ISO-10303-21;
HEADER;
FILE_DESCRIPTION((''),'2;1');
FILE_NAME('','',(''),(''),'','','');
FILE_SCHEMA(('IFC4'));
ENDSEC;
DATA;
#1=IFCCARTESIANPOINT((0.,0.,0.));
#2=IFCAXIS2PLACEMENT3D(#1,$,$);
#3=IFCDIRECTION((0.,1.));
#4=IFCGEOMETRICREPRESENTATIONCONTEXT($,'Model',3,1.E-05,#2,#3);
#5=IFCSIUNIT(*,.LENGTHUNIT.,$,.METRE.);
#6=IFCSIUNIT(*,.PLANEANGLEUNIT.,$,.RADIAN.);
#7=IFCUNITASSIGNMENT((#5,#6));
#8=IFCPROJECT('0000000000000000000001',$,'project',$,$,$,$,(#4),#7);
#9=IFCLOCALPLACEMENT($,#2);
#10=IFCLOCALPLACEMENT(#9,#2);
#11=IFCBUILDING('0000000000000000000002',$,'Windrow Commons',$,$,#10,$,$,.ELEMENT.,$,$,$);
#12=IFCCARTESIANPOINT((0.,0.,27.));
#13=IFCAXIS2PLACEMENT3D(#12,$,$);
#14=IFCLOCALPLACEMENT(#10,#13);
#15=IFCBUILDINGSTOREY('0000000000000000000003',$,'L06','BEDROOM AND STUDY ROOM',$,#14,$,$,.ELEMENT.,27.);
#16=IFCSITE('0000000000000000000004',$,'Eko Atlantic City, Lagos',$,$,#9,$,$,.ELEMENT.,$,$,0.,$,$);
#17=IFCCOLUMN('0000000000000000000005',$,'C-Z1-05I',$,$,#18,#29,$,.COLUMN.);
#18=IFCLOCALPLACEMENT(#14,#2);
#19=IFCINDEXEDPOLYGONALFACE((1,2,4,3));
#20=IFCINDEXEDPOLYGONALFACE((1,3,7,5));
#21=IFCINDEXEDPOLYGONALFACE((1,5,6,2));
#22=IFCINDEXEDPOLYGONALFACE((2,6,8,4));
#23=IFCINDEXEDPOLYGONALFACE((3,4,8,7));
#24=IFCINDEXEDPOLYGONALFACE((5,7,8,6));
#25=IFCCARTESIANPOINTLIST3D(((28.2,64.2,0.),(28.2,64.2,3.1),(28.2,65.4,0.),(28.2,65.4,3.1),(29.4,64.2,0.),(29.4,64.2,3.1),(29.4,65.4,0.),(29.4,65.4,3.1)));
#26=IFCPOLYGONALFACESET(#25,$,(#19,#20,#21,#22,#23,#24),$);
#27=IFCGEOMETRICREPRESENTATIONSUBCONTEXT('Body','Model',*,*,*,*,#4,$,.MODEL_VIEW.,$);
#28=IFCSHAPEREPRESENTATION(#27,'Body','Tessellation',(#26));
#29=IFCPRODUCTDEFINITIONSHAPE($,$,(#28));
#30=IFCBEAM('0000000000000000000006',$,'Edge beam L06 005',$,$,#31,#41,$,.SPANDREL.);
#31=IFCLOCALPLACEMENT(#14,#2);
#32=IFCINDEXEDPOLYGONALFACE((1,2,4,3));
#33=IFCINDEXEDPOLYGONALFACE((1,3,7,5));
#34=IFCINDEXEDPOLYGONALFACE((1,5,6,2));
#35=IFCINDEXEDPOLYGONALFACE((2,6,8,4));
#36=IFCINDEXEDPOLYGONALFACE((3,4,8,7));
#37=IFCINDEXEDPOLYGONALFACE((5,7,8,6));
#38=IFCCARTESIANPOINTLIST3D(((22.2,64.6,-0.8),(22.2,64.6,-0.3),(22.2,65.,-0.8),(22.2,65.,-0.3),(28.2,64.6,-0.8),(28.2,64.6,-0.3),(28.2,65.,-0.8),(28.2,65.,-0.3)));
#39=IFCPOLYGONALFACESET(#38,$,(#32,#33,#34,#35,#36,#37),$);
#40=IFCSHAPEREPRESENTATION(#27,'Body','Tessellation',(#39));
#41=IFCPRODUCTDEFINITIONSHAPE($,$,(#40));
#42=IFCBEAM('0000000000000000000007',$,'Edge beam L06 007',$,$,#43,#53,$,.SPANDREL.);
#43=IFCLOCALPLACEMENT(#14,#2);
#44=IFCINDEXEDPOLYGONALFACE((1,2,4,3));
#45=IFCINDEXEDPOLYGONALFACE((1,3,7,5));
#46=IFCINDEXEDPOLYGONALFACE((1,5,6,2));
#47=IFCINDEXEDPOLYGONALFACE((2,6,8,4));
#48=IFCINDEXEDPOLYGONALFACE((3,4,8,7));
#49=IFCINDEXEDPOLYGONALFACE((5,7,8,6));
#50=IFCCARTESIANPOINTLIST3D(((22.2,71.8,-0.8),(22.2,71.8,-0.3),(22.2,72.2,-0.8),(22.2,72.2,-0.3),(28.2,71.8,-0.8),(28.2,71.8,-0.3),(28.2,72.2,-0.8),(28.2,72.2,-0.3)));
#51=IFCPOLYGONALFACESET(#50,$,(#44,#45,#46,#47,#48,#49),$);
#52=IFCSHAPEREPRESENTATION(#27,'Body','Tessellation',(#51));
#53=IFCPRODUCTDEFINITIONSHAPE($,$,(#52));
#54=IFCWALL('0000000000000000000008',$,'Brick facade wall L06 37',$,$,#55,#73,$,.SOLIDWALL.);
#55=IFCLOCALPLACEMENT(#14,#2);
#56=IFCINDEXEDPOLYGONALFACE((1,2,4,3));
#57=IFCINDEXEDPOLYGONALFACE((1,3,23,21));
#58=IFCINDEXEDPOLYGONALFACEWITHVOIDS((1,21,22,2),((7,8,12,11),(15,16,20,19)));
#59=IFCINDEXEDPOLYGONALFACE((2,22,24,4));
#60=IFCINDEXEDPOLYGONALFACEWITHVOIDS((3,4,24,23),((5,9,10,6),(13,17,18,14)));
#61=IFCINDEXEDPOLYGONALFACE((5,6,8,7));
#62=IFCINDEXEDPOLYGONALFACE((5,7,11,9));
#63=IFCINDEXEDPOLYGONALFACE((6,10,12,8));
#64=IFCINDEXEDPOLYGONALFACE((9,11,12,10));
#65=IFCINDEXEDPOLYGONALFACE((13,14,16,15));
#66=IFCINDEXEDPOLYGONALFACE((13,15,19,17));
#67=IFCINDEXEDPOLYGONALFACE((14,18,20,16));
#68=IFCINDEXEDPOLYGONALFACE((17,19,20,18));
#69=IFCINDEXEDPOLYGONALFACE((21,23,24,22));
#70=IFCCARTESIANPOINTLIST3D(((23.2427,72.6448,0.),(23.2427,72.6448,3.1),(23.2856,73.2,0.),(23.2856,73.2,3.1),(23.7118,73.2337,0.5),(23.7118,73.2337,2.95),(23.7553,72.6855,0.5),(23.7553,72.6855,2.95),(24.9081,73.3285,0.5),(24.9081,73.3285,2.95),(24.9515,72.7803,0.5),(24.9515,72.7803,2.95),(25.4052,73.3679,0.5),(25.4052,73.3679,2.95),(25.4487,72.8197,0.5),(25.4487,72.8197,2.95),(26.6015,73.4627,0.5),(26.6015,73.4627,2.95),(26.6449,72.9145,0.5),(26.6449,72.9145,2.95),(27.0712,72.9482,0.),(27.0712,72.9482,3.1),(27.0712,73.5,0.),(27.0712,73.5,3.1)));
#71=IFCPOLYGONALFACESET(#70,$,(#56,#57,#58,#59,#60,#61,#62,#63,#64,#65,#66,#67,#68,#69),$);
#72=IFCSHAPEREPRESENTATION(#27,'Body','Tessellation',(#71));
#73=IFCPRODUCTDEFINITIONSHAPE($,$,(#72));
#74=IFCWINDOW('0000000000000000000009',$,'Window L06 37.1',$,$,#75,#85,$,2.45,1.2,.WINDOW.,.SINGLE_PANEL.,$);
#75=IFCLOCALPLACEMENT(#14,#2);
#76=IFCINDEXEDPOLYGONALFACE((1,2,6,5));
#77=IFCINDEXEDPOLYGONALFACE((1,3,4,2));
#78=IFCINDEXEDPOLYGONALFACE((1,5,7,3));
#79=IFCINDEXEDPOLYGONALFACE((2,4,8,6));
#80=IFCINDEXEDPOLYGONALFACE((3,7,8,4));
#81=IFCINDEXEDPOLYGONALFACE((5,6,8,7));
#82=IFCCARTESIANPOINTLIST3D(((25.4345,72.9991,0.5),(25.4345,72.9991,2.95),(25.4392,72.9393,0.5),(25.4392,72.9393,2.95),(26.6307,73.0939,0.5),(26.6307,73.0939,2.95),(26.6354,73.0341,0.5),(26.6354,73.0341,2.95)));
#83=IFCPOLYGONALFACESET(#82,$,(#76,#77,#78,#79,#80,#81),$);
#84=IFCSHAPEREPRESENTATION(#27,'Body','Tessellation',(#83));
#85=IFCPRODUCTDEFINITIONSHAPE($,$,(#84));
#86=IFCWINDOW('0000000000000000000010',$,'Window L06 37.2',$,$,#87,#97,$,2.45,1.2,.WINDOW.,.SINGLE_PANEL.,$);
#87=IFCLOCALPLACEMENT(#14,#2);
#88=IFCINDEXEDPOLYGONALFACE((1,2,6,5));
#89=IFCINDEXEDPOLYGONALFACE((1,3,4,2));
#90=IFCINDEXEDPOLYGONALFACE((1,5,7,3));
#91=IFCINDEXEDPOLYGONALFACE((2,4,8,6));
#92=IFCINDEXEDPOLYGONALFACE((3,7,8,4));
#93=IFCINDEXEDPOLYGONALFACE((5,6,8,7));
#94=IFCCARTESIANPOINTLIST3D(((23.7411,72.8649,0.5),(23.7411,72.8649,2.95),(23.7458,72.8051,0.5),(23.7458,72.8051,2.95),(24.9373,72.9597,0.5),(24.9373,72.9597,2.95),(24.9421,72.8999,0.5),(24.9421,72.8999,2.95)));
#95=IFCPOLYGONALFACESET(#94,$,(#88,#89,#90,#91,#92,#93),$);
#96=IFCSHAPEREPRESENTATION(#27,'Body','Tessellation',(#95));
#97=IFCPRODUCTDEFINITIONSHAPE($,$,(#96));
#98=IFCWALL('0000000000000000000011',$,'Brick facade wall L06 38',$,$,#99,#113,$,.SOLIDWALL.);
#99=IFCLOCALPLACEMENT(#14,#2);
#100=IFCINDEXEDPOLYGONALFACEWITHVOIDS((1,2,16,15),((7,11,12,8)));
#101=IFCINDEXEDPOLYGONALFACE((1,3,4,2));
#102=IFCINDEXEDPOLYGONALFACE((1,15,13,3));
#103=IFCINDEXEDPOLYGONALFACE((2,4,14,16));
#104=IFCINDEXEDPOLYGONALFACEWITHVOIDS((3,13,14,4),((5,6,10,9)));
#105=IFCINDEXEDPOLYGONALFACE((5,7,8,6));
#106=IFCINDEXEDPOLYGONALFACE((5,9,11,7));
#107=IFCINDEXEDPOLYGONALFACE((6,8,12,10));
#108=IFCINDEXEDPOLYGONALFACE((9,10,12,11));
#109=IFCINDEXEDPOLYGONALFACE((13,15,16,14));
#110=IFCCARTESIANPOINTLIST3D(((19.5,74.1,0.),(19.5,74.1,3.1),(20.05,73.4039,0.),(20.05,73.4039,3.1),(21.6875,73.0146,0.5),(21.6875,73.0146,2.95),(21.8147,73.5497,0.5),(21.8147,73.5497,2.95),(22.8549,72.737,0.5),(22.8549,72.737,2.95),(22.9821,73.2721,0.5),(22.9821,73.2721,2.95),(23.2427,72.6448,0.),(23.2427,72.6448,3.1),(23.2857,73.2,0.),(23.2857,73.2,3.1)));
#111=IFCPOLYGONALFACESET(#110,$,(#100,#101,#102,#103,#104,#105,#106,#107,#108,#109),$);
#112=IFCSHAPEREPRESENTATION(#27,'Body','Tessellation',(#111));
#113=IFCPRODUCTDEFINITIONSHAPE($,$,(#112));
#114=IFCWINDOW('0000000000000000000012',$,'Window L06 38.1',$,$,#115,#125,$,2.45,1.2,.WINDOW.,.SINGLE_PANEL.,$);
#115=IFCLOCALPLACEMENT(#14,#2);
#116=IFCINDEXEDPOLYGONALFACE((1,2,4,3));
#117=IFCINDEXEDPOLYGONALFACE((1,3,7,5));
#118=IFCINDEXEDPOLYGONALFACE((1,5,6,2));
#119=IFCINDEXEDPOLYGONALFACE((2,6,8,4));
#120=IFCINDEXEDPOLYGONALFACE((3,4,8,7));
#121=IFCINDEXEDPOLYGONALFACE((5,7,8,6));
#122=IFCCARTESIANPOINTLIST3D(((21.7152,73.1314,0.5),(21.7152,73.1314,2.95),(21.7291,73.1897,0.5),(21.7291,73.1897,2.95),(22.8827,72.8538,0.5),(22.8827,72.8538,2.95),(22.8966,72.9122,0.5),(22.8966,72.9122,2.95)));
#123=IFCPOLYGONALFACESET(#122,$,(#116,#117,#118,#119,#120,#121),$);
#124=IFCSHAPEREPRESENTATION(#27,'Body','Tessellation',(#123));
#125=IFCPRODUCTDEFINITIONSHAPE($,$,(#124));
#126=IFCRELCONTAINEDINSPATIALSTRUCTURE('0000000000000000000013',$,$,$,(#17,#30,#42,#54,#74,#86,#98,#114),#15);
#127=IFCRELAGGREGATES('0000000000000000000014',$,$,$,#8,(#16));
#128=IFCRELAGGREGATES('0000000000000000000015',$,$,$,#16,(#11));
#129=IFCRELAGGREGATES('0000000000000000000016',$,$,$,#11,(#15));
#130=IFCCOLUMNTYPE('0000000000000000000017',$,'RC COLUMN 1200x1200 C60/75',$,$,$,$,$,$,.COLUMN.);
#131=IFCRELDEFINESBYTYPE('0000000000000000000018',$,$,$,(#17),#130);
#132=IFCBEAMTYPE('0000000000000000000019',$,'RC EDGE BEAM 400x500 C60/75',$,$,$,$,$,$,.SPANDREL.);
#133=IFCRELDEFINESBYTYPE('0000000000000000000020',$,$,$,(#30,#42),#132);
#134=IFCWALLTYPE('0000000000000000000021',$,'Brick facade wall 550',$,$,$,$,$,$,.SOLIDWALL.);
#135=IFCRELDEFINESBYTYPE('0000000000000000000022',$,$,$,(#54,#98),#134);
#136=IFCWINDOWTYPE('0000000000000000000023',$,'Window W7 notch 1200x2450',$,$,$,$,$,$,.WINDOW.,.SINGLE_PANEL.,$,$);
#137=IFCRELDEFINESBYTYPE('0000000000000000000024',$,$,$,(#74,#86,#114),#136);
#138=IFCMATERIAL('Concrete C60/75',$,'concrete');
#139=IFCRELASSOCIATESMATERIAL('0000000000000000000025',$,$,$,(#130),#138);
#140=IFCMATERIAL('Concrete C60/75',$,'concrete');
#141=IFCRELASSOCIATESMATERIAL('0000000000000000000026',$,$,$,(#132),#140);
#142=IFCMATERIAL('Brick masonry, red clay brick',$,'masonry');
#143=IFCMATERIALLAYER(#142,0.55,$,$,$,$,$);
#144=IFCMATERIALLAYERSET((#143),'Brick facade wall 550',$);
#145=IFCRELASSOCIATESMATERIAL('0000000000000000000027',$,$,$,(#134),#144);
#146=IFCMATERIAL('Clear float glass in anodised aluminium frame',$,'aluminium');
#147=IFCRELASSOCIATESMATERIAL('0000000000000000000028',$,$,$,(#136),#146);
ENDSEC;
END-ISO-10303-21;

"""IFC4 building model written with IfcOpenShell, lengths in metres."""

from ifc_helpers import new_model, si_unit, direction, frame, frame_2d, origin, origin_2d, place, context, subcontext, project, spatial, polyline, rectangle, outline, extrude, material, layer, layer_set, material_profile, profile_set, type_object, element, fill, save


model = new_model("IFC4")

# Units and contexts
model_context = context("Model", 3, precision=1e-05, world=origin(), true_north=direction((0.0, 1.0)))
body_context = subcontext(model_context, "Body", "Model", "MODEL_VIEW")
ifc_project = project(units=[si_unit("LENGTHUNIT", "METRE"), si_unit("PLANEANGLEUNIT", "RADIAN")], contexts=[model_context])

# Site, building, storey
site_placement = place(None, origin())
site = spatial("IfcSite", under=ifc_project, at=site_placement, Name="Eko Atlantic City, Lagos", CompositionType="ELEMENT", RefElevation=0.0)
building_placement = place(site_placement, origin())
building = spatial("IfcBuilding", under=site, at=building_placement, Name="Windrow Commons", CompositionType="ELEMENT")
storey_placement = place(building_placement, frame((0.0, 0.0, 27.0)))
storey = spatial("IfcBuildingStorey", under=building, at=storey_placement, Name="L06", Description="BEDROOM AND STUDY ROOM", CompositionType="ELEMENT", Elevation=27.0)

# Column
ifc_material_1 = material(Name="Concrete C60/75", Category="concrete")
ifc_material_profile_1 = material_profile(ifc_material_1, rectangle(XDim=1.2, YDim=1.2, at=origin_2d()))
ifc_profile_set_1 = profile_set([ifc_material_profile_1], Name="Concrete C60/75")
column_type = type_object("IfcColumnType", Name="RC COLUMN 1200x1200 C60/75", PredefinedType="COLUMN", material=ifc_profile_set_1)
column_placement = place(storey_placement, frame((28.8, 64.8, 0.0), z_axis=(0.0, 0.0, 1.0), x_axis=(1.0, 0.0, 0.0)))
element("IfcColumn", 1, at=column_placement, inside=storey, type_object=column_type, Name="C-Z1-05I", PredefinedType="COLUMN", context=body_context, shape_type="SweptSolid", body=[
    extrude(rectangle(XDim=1.2, YDim=1.2, at=origin_2d()), origin(), (0.0, 0.0, 1.0), 3.1),
])

# Beams
ifc_material_2 = material(Name="Concrete C60/75", Category="concrete")
ifc_material_profile_2 = material_profile(ifc_material_2, rectangle(XDim=0.4, YDim=0.5, at=origin_2d()))
ifc_profile_set_2 = profile_set([ifc_material_profile_2], Name="Concrete C60/75")
beam_type = type_object("IfcBeamType", Name="RC EDGE BEAM 400x500 C60/75", PredefinedType="SPANDREL", material=ifc_profile_set_2)
for number, where, z_axis, x_axis, name in (
    (2, (28.2, 64.8, -0.55), (-1.0, 0.0, 0.0), (0.0, -1.0, 0.0), "Edge beam L06 005"),
    (3, (22.2, 72.0, -0.55), (1.0, 0.0, 0.0), (0.0, 1.0, 0.0), "Edge beam L06 007"),
):
    element("IfcBeam", number, at=place(storey_placement, frame(where, z_axis=z_axis, x_axis=x_axis)), inside=storey, type_object=beam_type, Name=name, PredefinedType="SPANDREL", context=body_context, shape_type="SweptSolid", body=[
        extrude(rectangle(XDim=0.4, YDim=0.5, at=origin_2d()), origin(), (0.0, 0.0, 1.0), 6.0),
    ])

# Wall, openings, windows
ifc_material_3 = material(Name="Brick masonry, red clay brick", Category="masonry")
ifc_layer_1 = layer(ifc_material_3, 0.55)
ifc_layer_set_1 = layer_set([ifc_layer_1], Name="Brick facade wall 550")
wall_type_1 = type_object("IfcWallType", Name="Brick facade wall 550", PredefinedType="SOLIDWALL", material=ifc_layer_set_1)
wall_1_placement = place(storey_placement, frame((27.0712, 73.2241, 0.0), z_axis=(0.0, 0.0, 1.0), x_axis=(-0.996875, -0.079001, 0.0)))
wall_1 = element("IfcWall", 4, at=wall_1_placement, inside=storey, type_object=wall_type_1, Name="Brick facade wall L06 37", PredefinedType="SOLIDWALL", context=body_context, shape_type="SweptSolid", body=[
    extrude(outline(polyline([(-0.0218, -0.275), (3.7757, -0.275), (3.8623, 0.275), (0.0218, 0.275), (-0.0218, -0.275)])), origin(), (0.0, 0.0, 1.0), 3.1),
])
opening_1_placement = place(wall_1_placement, frame((0.4494, 0.0, 0.5)))
opening_1 = element("IfcOpeningElement", 5, at=opening_1_placement, cuts=wall_1, PredefinedType="OPENING", context=body_context, shape_type="SweptSolid", body=[
    extrude(rectangle(XDim=1.2, YDim=2.45, at=frame_2d((0.6, 1.225))), frame((0.0, 0.285, 0.0), z_axis=(0.0, -1.0, 0.0), x_axis=(1.0, 0.0, 0.0)), (0.0, 0.0, 1.0), 0.57),
])
opening_2_placement = place(wall_1_placement, frame((2.1481, 0.0, 0.5)))
opening_2 = element("IfcOpeningElement", 6, at=opening_2_placement, cuts=wall_1, PredefinedType="OPENING", context=body_context, shape_type="SweptSolid", body=[
    extrude(rectangle(XDim=1.2, YDim=2.45, at=frame_2d((0.6, 1.225))), frame((0.0, 0.285, 0.0), z_axis=(0.0, -1.0, 0.0), x_axis=(1.0, 0.0, 0.0)), (0.0, 0.0, 1.0), 0.57),
])
ifc_material_4 = material(Name="Clear float glass in anodised aluminium frame", Category="aluminium")
window_type_1 = type_object("IfcWindowType", Name="Window W7 notch 1200x2450", PartitioningType="SINGLE_PANEL", PredefinedType="WINDOW", material=ifc_material_4)
window_1_placement = place(opening_1_placement, origin())
window_1 = element("IfcWindow", 7, at=window_1_placement, inside=storey, type_object=window_type_1, Name="Window L06 37.1", OverallHeight=2.45, OverallWidth=1.2, PartitioningType="SINGLE_PANEL", PredefinedType="WINDOW", context=body_context, shape_type="SweptSolid", body=[
    extrude(rectangle(XDim=1.2, YDim=2.45, at=frame_2d((0.6, 1.225))), frame((0.0, 0.155, 0.0), z_axis=(0.0, -1.0, 0.0), x_axis=(1.0, 0.0, 0.0)), (0.0, 0.0, 1.0), 0.06),
])
fill(opening_1, window_1)
window_2_placement = place(opening_2_placement, origin())
window_2 = element("IfcWindow", 8, at=window_2_placement, inside=storey, type_object=window_type_1, Name="Window L06 37.2", OverallHeight=2.45, OverallWidth=1.2, PartitioningType="SINGLE_PANEL", PredefinedType="WINDOW", context=body_context, shape_type="SweptSolid", body=[
    extrude(rectangle(XDim=1.2, YDim=2.45, at=frame_2d((0.6, 1.225))), frame((0.0, 0.155, 0.0), z_axis=(0.0, -1.0, 0.0), x_axis=(1.0, 0.0, 0.0)), (0.0, 0.0, 1.0), 0.06),
])
fill(opening_2, window_2)

# Wall, opening, window
wall_2_placement = place(storey_placement, frame((23.2642, 72.9224, 0.0), z_axis=(0.0, 0.0, 1.0), x_axis=(-0.972879, 0.231314, 0.0)))
wall_2 = element("IfcWall", 9, at=wall_2_placement, inside=storey, type_object=wall_type_1, Name="Brick facade wall L06 38", PredefinedType="SOLIDWALL", context=body_context, shape_type="SweptSolid", body=[
    extrude(outline(polyline([(0.0433, -0.275), (3.9345, -0.275), (3.2384, 0.275), (-0.0433, 0.275), (0.0433, -0.275)])), origin(), (0.0, 0.0, 1.0), 3.1),
])
opening_3_placement = place(wall_2_placement, frame((0.3553, 0.0, 0.5)))
opening_3 = element("IfcOpeningElement", 10, at=opening_3_placement, cuts=wall_2, PredefinedType="OPENING", context=body_context, shape_type="SweptSolid", body=[
    extrude(rectangle(XDim=1.2, YDim=2.45, at=frame_2d((0.6, 1.225))), frame((0.0, 0.285, 0.0), z_axis=(0.0, -1.0, 0.0), x_axis=(1.0, 0.0, 0.0)), (0.0, 0.0, 1.0), 0.57),
])
window_3_placement = place(opening_3_placement, origin())
window_3 = element("IfcWindow", 11, at=window_3_placement, inside=storey, type_object=window_type_1, Name="Window L06 38.1", OverallHeight=2.45, OverallWidth=1.2, PartitioningType="SINGLE_PANEL", PredefinedType="WINDOW", context=body_context, shape_type="SweptSolid", body=[
    extrude(rectangle(XDim=1.2, YDim=2.45, at=frame_2d((0.6, 1.225))), frame((0.0, 0.155, 0.0), z_axis=(0.0, -1.0, 0.0), x_axis=(1.0, 0.0, 0.0)), (0.0, 0.0, 1.0), 0.06),
])
fill(opening_3, window_3)

save(model, "model.ifc")
